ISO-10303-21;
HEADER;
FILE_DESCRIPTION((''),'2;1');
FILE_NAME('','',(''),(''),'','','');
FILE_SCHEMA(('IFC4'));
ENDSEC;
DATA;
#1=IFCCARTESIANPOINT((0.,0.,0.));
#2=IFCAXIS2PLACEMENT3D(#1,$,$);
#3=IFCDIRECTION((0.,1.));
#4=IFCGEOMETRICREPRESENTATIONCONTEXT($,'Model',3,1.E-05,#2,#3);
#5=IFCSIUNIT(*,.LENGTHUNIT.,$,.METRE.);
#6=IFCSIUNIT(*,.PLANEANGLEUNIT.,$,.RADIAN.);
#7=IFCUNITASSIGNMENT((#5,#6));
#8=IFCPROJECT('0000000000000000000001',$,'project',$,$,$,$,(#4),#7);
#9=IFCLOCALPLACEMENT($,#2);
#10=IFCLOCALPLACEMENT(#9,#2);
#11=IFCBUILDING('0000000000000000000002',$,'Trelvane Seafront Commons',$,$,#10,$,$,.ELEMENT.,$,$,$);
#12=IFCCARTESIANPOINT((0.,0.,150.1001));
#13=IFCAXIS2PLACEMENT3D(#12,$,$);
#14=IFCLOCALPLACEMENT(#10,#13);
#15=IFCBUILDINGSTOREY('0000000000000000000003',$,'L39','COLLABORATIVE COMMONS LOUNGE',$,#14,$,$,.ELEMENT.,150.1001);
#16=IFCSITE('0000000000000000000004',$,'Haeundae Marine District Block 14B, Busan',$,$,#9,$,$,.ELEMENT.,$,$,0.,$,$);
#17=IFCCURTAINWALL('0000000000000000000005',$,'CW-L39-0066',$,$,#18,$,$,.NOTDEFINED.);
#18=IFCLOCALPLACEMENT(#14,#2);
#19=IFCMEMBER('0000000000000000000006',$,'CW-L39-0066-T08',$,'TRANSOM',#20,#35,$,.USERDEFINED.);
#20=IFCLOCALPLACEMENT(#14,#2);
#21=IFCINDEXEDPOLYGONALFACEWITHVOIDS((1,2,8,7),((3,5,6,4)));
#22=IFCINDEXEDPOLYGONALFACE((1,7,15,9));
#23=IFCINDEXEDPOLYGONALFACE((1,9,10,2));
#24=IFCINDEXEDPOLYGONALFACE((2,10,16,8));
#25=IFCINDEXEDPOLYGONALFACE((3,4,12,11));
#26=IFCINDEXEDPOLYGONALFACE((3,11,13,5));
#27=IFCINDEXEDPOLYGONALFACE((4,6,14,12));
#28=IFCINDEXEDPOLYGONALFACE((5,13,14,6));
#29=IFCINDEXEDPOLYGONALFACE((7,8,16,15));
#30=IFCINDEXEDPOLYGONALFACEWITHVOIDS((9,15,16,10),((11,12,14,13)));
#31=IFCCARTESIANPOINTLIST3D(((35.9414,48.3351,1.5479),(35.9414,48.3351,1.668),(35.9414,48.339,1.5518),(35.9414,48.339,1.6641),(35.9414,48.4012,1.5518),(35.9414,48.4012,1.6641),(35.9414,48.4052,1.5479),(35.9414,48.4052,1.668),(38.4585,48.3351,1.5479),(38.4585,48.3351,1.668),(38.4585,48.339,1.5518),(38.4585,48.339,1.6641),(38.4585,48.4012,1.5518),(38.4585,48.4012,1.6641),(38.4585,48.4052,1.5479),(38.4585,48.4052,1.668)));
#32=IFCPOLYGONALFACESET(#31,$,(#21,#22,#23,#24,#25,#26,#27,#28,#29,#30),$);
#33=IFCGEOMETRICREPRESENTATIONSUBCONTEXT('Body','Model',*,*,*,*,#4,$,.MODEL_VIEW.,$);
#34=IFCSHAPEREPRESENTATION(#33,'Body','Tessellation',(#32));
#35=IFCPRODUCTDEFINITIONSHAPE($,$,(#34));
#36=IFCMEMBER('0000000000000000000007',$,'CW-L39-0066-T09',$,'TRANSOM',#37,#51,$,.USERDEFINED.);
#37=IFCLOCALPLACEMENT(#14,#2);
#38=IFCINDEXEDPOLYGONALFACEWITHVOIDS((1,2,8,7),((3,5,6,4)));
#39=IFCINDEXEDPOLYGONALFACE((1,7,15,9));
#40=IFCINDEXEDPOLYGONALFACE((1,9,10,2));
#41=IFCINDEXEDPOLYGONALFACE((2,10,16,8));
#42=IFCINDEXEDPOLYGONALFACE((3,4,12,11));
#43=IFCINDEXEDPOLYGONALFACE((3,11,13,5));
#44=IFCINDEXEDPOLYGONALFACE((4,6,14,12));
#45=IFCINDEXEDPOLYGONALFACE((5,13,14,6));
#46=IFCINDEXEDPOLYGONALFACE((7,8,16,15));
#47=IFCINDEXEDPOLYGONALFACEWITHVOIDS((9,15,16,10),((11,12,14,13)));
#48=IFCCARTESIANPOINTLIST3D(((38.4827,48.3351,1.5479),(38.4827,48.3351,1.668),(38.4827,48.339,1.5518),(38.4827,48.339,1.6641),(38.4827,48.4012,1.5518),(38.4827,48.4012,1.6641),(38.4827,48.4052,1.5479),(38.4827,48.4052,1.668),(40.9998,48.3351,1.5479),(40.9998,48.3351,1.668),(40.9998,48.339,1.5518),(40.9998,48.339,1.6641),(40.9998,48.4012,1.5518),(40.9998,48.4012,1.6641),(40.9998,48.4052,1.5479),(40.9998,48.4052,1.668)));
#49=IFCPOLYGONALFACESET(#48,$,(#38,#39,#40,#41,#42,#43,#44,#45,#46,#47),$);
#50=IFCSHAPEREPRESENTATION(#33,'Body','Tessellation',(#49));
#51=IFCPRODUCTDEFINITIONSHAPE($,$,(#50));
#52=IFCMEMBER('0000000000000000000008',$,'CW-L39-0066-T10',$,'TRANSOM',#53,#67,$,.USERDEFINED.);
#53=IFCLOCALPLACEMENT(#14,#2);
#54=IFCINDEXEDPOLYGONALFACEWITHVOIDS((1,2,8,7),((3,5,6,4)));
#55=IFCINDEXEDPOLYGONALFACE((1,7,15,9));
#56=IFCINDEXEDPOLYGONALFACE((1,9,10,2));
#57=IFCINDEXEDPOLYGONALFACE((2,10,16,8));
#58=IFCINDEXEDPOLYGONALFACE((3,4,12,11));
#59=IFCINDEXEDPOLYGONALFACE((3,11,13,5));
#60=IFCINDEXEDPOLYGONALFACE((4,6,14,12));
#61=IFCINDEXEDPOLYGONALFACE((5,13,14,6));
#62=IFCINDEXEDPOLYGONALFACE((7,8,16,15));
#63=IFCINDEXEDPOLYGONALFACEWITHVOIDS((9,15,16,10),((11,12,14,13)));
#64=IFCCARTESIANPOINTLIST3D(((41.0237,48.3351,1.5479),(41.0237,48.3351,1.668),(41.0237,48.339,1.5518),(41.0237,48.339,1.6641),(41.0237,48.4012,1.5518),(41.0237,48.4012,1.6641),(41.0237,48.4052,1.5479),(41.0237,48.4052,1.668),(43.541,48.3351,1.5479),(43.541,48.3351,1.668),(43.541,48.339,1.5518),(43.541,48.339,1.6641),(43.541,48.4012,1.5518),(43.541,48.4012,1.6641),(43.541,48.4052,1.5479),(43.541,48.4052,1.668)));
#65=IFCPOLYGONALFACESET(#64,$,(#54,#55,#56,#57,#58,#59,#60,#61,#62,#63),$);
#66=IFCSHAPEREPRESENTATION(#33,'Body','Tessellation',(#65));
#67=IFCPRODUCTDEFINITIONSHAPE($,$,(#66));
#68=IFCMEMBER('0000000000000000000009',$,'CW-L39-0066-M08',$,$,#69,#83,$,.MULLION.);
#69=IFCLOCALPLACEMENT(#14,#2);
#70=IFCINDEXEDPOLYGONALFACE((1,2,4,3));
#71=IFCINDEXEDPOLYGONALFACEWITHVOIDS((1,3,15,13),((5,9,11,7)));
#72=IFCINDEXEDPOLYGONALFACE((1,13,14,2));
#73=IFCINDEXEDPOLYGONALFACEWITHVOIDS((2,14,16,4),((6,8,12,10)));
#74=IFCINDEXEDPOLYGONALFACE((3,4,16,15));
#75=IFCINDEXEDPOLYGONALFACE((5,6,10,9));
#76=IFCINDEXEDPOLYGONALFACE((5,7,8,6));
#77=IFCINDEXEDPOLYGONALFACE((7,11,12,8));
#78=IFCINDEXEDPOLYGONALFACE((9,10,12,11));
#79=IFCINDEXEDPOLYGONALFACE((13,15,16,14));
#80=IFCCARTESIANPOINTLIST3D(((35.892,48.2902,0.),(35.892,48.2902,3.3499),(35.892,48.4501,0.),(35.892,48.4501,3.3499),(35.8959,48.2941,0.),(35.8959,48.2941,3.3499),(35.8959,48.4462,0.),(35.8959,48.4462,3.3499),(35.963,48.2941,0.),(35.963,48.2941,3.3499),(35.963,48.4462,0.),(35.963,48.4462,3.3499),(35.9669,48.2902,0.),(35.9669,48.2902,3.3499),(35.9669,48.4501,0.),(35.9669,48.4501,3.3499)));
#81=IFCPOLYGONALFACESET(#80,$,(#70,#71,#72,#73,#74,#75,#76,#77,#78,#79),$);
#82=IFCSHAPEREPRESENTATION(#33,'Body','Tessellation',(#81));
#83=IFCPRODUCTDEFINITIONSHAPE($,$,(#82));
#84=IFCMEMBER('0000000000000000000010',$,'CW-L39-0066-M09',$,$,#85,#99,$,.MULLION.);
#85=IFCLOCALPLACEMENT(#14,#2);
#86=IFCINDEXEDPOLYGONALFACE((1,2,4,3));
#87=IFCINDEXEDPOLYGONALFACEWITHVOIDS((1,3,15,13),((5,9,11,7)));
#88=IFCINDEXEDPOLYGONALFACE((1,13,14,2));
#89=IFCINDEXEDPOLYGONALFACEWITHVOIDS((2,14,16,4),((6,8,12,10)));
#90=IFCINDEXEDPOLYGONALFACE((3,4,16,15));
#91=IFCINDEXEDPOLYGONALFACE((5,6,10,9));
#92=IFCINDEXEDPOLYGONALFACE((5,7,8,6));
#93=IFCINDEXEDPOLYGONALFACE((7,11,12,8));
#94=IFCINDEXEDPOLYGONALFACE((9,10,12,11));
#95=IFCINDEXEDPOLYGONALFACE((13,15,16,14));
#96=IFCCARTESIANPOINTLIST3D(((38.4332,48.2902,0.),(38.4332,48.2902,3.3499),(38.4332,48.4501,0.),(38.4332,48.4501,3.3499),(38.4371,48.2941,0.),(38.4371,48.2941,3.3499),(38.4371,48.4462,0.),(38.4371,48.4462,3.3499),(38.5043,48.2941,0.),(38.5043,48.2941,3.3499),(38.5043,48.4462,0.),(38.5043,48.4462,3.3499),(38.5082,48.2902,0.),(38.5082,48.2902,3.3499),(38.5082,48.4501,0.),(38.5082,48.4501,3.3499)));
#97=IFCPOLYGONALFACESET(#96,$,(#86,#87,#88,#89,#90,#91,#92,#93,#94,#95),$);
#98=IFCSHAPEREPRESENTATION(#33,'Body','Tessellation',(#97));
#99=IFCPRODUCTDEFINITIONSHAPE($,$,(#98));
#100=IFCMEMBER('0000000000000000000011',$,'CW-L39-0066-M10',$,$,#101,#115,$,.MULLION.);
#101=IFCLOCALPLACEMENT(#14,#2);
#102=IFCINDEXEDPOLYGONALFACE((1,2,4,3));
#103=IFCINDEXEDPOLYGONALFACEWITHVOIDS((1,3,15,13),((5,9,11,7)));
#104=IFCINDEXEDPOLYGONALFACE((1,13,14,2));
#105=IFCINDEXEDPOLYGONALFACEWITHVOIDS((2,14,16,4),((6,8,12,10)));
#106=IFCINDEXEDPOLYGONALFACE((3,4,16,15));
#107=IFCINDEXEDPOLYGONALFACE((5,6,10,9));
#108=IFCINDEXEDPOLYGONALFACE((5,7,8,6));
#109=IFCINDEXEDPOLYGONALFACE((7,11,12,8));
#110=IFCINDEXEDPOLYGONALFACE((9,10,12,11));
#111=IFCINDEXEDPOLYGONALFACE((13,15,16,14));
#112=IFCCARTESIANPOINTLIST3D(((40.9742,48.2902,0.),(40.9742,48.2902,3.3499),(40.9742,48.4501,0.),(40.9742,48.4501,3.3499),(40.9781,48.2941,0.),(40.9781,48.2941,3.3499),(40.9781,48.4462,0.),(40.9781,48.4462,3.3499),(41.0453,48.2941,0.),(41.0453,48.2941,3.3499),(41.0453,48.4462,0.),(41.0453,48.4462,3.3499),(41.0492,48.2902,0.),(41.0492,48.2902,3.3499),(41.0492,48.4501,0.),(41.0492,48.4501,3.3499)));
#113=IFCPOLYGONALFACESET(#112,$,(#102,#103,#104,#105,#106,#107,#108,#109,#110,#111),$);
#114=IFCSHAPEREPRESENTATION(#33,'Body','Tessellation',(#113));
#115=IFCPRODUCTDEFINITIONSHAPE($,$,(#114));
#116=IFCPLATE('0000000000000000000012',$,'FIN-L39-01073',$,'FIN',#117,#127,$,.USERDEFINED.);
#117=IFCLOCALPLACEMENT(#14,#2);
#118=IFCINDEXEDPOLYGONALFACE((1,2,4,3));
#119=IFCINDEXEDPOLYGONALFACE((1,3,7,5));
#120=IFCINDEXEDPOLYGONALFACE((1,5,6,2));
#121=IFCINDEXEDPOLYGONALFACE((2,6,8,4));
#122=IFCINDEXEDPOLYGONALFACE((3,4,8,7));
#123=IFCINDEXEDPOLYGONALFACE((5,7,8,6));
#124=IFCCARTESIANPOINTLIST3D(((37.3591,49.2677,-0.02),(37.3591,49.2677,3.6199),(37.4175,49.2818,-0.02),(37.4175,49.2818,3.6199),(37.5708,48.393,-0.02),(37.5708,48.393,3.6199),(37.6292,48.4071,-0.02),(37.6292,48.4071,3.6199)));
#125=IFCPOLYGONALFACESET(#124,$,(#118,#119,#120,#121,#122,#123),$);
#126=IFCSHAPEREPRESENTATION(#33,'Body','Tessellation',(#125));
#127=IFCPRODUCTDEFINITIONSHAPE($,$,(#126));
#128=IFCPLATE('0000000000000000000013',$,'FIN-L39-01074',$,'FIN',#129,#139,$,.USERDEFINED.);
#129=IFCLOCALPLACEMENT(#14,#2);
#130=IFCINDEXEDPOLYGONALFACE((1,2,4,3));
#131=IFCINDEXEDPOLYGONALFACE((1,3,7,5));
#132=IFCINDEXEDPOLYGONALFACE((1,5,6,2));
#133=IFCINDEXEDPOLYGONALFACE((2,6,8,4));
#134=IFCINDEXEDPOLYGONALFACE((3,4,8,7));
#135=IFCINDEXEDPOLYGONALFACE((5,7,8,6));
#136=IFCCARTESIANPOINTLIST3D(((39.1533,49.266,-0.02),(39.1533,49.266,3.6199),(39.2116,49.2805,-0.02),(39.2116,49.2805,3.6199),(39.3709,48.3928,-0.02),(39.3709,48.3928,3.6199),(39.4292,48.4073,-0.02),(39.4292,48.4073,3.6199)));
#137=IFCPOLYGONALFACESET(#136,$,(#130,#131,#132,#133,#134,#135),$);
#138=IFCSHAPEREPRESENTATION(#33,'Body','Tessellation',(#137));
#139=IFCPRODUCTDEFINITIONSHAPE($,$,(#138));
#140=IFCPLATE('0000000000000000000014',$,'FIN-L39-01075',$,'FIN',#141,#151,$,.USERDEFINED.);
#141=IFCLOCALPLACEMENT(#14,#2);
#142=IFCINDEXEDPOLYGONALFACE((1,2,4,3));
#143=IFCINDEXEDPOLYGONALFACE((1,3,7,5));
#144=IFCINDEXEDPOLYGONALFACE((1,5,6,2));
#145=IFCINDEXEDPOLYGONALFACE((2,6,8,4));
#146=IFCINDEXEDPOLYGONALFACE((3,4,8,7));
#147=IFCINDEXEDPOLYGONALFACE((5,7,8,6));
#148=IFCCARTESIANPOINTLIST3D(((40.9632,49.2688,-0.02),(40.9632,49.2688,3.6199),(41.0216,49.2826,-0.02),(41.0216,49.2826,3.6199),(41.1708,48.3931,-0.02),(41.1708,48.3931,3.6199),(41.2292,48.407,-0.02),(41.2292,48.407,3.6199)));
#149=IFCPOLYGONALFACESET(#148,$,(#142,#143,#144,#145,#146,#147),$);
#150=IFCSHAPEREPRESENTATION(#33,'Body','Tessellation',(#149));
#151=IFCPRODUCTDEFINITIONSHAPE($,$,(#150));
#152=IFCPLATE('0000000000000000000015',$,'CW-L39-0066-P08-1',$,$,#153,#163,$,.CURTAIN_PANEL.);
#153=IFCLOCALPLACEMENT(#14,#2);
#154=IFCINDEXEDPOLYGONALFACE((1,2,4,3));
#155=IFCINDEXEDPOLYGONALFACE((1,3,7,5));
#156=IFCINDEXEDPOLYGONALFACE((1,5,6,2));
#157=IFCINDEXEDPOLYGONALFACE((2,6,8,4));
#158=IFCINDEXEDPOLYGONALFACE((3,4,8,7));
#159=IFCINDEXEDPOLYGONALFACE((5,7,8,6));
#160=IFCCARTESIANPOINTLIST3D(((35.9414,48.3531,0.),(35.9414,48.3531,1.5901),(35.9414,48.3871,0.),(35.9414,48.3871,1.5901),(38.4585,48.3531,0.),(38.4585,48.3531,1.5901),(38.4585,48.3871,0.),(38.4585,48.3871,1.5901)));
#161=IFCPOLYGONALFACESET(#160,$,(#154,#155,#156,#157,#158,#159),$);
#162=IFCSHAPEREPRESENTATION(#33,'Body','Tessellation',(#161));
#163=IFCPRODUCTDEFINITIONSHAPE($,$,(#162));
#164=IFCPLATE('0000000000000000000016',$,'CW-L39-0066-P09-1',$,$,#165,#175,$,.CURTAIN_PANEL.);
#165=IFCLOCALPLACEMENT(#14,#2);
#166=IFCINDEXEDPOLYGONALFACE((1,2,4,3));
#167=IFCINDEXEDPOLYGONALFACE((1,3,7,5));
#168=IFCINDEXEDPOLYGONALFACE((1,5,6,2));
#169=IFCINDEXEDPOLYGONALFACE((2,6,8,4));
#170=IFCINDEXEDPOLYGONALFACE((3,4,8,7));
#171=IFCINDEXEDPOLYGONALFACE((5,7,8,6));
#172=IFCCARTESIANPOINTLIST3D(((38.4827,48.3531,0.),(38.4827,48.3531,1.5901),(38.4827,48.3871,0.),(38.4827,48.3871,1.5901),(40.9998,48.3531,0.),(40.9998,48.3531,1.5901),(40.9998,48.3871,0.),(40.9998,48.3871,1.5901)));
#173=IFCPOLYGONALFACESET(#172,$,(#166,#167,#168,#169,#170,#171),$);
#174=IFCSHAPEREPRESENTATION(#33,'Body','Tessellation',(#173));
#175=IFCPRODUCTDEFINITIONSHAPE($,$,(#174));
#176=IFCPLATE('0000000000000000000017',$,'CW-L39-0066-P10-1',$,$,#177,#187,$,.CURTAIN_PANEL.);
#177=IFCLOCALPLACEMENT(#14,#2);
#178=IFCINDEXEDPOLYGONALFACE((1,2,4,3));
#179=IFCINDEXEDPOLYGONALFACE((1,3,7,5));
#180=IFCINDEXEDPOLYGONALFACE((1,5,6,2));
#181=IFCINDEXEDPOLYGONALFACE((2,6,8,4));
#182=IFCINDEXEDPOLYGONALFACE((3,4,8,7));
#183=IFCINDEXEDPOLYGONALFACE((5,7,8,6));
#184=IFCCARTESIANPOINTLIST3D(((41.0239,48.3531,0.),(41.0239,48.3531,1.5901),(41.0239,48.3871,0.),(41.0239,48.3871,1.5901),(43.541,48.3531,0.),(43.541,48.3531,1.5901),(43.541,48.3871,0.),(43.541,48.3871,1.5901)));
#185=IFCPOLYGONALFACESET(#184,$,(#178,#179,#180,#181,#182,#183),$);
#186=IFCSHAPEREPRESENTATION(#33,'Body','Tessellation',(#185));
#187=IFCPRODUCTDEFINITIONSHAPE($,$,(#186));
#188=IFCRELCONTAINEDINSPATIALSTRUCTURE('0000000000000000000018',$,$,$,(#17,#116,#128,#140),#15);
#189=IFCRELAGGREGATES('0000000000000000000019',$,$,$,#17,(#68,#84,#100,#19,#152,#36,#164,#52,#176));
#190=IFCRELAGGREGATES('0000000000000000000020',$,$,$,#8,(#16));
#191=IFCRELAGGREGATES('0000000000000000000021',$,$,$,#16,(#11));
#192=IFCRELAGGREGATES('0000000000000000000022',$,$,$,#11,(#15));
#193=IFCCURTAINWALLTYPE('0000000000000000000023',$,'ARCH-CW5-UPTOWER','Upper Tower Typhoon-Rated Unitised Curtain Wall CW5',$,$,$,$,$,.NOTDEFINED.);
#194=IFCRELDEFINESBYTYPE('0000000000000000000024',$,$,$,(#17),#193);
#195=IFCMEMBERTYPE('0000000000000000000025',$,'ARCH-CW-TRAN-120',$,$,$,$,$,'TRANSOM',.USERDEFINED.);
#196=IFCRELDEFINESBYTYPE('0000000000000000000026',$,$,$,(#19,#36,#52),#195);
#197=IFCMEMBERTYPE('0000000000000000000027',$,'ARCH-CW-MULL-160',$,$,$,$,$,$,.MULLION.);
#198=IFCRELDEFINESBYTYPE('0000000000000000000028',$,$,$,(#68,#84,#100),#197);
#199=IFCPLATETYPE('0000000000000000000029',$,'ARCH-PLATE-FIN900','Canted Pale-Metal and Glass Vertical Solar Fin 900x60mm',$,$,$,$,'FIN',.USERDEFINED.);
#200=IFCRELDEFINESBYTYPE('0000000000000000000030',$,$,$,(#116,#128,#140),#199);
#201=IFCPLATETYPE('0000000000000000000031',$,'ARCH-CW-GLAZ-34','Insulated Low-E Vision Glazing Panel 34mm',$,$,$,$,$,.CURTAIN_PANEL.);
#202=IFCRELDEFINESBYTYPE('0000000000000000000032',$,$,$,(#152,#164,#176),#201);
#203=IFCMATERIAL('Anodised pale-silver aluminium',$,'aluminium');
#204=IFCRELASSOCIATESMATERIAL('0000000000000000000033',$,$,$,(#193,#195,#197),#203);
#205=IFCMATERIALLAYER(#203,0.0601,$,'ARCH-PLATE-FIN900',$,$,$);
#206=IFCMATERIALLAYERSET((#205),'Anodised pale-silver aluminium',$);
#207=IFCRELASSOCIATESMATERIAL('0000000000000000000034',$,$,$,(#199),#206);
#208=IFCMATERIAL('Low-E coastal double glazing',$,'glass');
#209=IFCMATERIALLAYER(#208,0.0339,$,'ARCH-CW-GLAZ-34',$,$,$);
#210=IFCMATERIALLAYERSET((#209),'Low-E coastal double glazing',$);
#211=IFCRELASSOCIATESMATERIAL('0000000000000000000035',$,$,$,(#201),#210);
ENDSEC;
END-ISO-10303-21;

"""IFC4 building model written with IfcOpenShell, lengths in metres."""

from ifc_helpers import new_model, si_unit, direction, frame, origin, origin_2d, place, context, subcontext, project, spatial, rectangle, hollow_rectangle, extrude, source, transform, mapped, material, layer, layer_set, material_profile, profile_set, type_object, element, aggregate, save


model = new_model("IFC4")

# Units and contexts
model_context = context("Model", 3, precision=1e-05, world=origin(), true_north=direction((0.0, 1.0)))
body_context = subcontext(model_context, "Body", "Model", "MODEL_VIEW")
ifc_project = project(units=[si_unit("LENGTHUNIT", "METRE"), si_unit("PLANEANGLEUNIT", "RADIAN")], contexts=[model_context])

# Site, building, storey
site_placement = place(None, origin())
site = spatial("IfcSite", under=ifc_project, at=site_placement, Name="Haeundae Marine District Block 14B, Busan", CompositionType="ELEMENT", RefElevation=0.0)
building_placement = place(site_placement, origin())
building = spatial("IfcBuilding", under=site, at=building_placement, Name="Trelvane Seafront Commons", CompositionType="ELEMENT")
storey_placement = place(building_placement, frame((0.0, 0.0, 150.1001)))
storey = spatial("IfcBuildingStorey", under=building, at=storey_placement, Name="L39", Description="COLLABORATIVE COMMONS LOUNGE", CompositionType="ELEMENT", Elevation=150.1001)

# Curtain wall, members
ifc_material_1 = material(Name="Anodised pale-silver aluminium", Category="aluminium")
curtain_wall_type = type_object("IfcCurtainWallType", Name="ARCH-CW5-UPTOWER", Description="Upper Tower Typhoon-Rated Unitised Curtain Wall CW5", PredefinedType="NOTDEFINED", material=ifc_material_1)
curtain_wall_placement = place(storey_placement, origin())
curtain_wall = element("IfcCurtainWall", 1, at=curtain_wall_placement, inside=storey, type_object=curtain_wall_type, Name="CW-L39-0066", PredefinedType="NOTDEFINED")
ifc_material_profile_1 = material_profile(ifc_material_1, hollow_rectangle(XDim=0.0701, YDim=0.1201, WallThickness=0.0039, at=origin_2d()), Name="TRAN-70x120x4")
ifc_profile_set_1 = profile_set([ifc_material_profile_1], Name="Anodised pale-silver aluminium")
member_type_1 = type_object("IfcMemberType", Name="ARCH-CW-TRAN-120", ElementType="TRANSOM", PredefinedType="USERDEFINED", material=ifc_profile_set_1)
shared_shape_1 = source(origin(), body_context, "Body", "SweptSolid", [
    extrude(hollow_rectangle(XDim=0.0701, YDim=0.1201, WallThickness=0.0039, at=origin_2d()), origin(), (0.0, 0.0, 1.0), 2.5171),
])
member_1_placement = place(storey_placement, frame((35.9414, 48.3701, 1.6079), z_axis=(1.0, 0.0, 0.0), x_axis=(0.0, 1.0, 0.0)))
member_1 = element("IfcMember", 2, at=member_1_placement, type_object=member_type_1, Name="CW-L39-0066-T08", ObjectType="TRANSOM", PredefinedType="USERDEFINED", context=body_context, shape_type="MappedRepresentation", body=[
    mapped(shared_shape_1, transform((0.0, 0.0, 0.0), x_axis=(1.0, 0.0, 0.0), y_axis=(0.0, 1.0, 0.0), z_axis=(0.0, 0.0, 1.0), scale=1.0)),
])
member_2_placement = place(storey_placement, frame((38.4827, 48.3701, 1.6079), z_axis=(1.0, 0.0, 0.0), x_axis=(0.0, 1.0, 0.0)))
member_2 = element("IfcMember", 3, at=member_2_placement, type_object=member_type_1, Name="CW-L39-0066-T09", ObjectType="TRANSOM", PredefinedType="USERDEFINED", context=body_context, shape_type="MappedRepresentation", body=[
    mapped(shared_shape_1, transform((0.0, 0.0, 0.0), x_axis=(1.0, 0.0, 0.0), y_axis=(0.0, 1.0, 0.0), z_axis=(0.0, 0.0, 1.0), scale=1.0)),
])
shared_shape_2 = source(origin(), body_context, "Body", "SweptSolid", [
    extrude(hollow_rectangle(XDim=0.0701, YDim=0.1201, WallThickness=0.0039, at=origin_2d()), origin(), (0.0, 0.0, 1.0), 2.5173),
])
member_3_placement = place(storey_placement, frame((41.0237, 48.3701, 1.6079), z_axis=(1.0, 0.0, 0.0), x_axis=(0.0, 1.0, 0.0)))
member_3 = element("IfcMember", 4, at=member_3_placement, type_object=member_type_1, Name="CW-L39-0066-T10", ObjectType="TRANSOM", PredefinedType="USERDEFINED", context=body_context, shape_type="MappedRepresentation", body=[
    mapped(shared_shape_2, transform((0.0, 0.0, 0.0), x_axis=(1.0, 0.0, 0.0), y_axis=(0.0, 1.0, 0.0), z_axis=(0.0, 0.0, 1.0), scale=1.0)),
])
ifc_material_profile_2 = material_profile(ifc_material_1, hollow_rectangle(XDim=0.075, YDim=0.1599, WallThickness=0.0039, at=origin_2d()), Name="MULL-75x160x4")
ifc_profile_set_2 = profile_set([ifc_material_profile_2], Name="Anodised pale-silver aluminium")
member_type_2 = type_object("IfcMemberType", Name="ARCH-CW-MULL-160", PredefinedType="MULLION", material=ifc_profile_set_2)
shared_shape_3 = source(origin(), body_context, "Body", "SweptSolid", [
    extrude(hollow_rectangle(XDim=0.075, YDim=0.1599, WallThickness=0.0039, at=origin_2d()), origin(), (0.0, 0.0, 1.0), 3.3499),
])
member_4_placement = place(storey_placement, frame((35.9294, 48.3701, 0.0), z_axis=(0.0, 0.0, 1.0), x_axis=(1.0, 0.0, 0.0)))
member_4 = element("IfcMember", 5, at=member_4_placement, type_object=member_type_2, Name="CW-L39-0066-M08", PredefinedType="MULLION", context=body_context, shape_type="MappedRepresentation", body=[
    mapped(shared_shape_3, transform((0.0, 0.0, 0.0), x_axis=(1.0, 0.0, 0.0), y_axis=(0.0, 1.0, 0.0), z_axis=(0.0, 0.0, 1.0), scale=1.0)),
])
member_5_placement = place(storey_placement, frame((38.4707, 48.3701, 0.0), z_axis=(0.0, 0.0, 1.0), x_axis=(1.0, 0.0, 0.0)))
member_5 = element("IfcMember", 6, at=member_5_placement, type_object=member_type_2, Name="CW-L39-0066-M09", PredefinedType="MULLION", context=body_context, shape_type="MappedRepresentation", body=[
    mapped(shared_shape_3, transform((0.0, 0.0, 0.0), x_axis=(1.0, 0.0, 0.0), y_axis=(0.0, 1.0, 0.0), z_axis=(0.0, 0.0, 1.0), scale=1.0)),
])
member_6_placement = place(storey_placement, frame((41.0117, 48.3701, 0.0), z_axis=(0.0, 0.0, 1.0), x_axis=(1.0, 0.0, 0.0)))
member_6 = element("IfcMember", 7, at=member_6_placement, type_object=member_type_2, Name="CW-L39-0066-M10", PredefinedType="MULLION", context=body_context, shape_type="MappedRepresentation", body=[
    mapped(shared_shape_3, transform((0.0, 0.0, 0.0), x_axis=(1.0, 0.0, 0.0), y_axis=(0.0, 1.0, 0.0), z_axis=(0.0, 0.0, 1.0), scale=1.0)),
])

# Plates
ifc_layer_1 = layer(ifc_material_1, 0.0601, Name="ARCH-PLATE-FIN900")
ifc_layer_set_1 = layer_set([ifc_layer_1], Name="Anodised pale-silver aluminium")
plate_type_1 = type_object("IfcPlateType", Name="ARCH-PLATE-FIN900", Description="Canted Pale-Metal and Glass Vertical Solar Fin 900x60mm", ElementType="FIN", PredefinedType="USERDEFINED", material=ifc_layer_set_1)
shared_shape_4 = source(origin(), body_context, "Body", "SweptSolid", [
    extrude(rectangle(XDim=0.8999, YDim=0.0601, at=origin_2d()), origin(), (0.0, 0.0, 1.0), 3.6399),
])
for number, where, z_axis, x_axis, name in (
    (8, (37.4941, 48.8374, -0.02), (0.0, 0.0, 1.0), (-0.235234, 0.971939, 0.0), "FIN-L39-01073"),
    (9, (39.2913, 48.8367, -0.02), (0.0, 0.0, 1.0), (-0.241778, 0.970332, 0.0), "FIN-L39-01074"),
    (10, (41.0962, 48.8379, -0.02), (0.0, 0.0, 1.0), (-0.230675, 0.973031, 0.0), "FIN-L39-01075"),
):
    element("IfcPlate", number, at=place(storey_placement, frame(where, z_axis=z_axis, x_axis=x_axis)), inside=storey, type_object=plate_type_1, Name=name, ObjectType="FIN", PredefinedType="USERDEFINED", context=body_context, shape_type="MappedRepresentation", body=[
        mapped(shared_shape_4, transform((0.0, 0.0, 0.0), x_axis=(1.0, 0.0, 0.0), y_axis=(0.0, 1.0, 0.0), z_axis=(0.0, 0.0, 1.0), scale=1.0)),
    ])

# Plates
ifc_material_2 = material(Name="Low-E coastal double glazing", Category="glass")
ifc_layer_2 = layer(ifc_material_2, 0.0339, Name="ARCH-CW-GLAZ-34")
ifc_layer_set_2 = layer_set([ifc_layer_2], Name="Low-E coastal double glazing")
plate_type_2 = type_object("IfcPlateType", Name="ARCH-CW-GLAZ-34", Description="Insulated Low-E Vision Glazing Panel 34mm", PredefinedType="CURTAIN_PANEL", material=ifc_layer_set_2)
shared_shape_5 = source(origin(), body_context, "Body", "SweptSolid", [
    extrude(rectangle(XDim=2.5171, YDim=0.0339, at=origin_2d()), origin(), (0.0, 0.0, 1.0), 1.5901),
])
plate_1_placement = place(storey_placement, frame((37.2, 48.3701, 0.0), z_axis=(0.0, 0.0, 1.0), x_axis=(1.0, 0.0, 0.0)))
plate_1 = element("IfcPlate", 11, at=plate_1_placement, type_object=plate_type_2, Name="CW-L39-0066-P08-1", PredefinedType="CURTAIN_PANEL", context=body_context, shape_type="MappedRepresentation", body=[
    mapped(shared_shape_5, transform((0.0, 0.0, 0.0), x_axis=(1.0, 0.0, 0.0), y_axis=(0.0, 1.0, 0.0), z_axis=(0.0, 0.0, 1.0), scale=1.0)),
])
plate_2_placement = place(storey_placement, frame((39.7412, 48.3701, 0.0), z_axis=(0.0, 0.0, 1.0), x_axis=(1.0, 0.0, 0.0)))
plate_2 = element("IfcPlate", 12, at=plate_2_placement, type_object=plate_type_2, Name="CW-L39-0066-P09-1", PredefinedType="CURTAIN_PANEL", context=body_context, shape_type="MappedRepresentation", body=[
    mapped(shared_shape_5, transform((0.0, 0.0, 0.0), x_axis=(1.0, 0.0, 0.0), y_axis=(0.0, 1.0, 0.0), z_axis=(0.0, 0.0, 1.0), scale=1.0)),
])
plate_3_placement = place(storey_placement, frame((42.2825, 48.3701, 0.0), z_axis=(0.0, 0.0, 1.0), x_axis=(1.0, 0.0, 0.0)))
plate_3 = element("IfcPlate", 13, at=plate_3_placement, type_object=plate_type_2, Name="CW-L39-0066-P10-1", PredefinedType="CURTAIN_PANEL", context=body_context, shape_type="MappedRepresentation", body=[
    mapped(shared_shape_5, transform((0.0, 0.0, 0.0), x_axis=(1.0, 0.0, 0.0), y_axis=(0.0, 1.0, 0.0), z_axis=(0.0, 0.0, 1.0), scale=1.0)),
])
aggregate(curtain_wall, [member_4, member_5, member_6, member_1, plate_1, member_2, plate_2, member_3, plate_3])

save(model, "model.ifc")
